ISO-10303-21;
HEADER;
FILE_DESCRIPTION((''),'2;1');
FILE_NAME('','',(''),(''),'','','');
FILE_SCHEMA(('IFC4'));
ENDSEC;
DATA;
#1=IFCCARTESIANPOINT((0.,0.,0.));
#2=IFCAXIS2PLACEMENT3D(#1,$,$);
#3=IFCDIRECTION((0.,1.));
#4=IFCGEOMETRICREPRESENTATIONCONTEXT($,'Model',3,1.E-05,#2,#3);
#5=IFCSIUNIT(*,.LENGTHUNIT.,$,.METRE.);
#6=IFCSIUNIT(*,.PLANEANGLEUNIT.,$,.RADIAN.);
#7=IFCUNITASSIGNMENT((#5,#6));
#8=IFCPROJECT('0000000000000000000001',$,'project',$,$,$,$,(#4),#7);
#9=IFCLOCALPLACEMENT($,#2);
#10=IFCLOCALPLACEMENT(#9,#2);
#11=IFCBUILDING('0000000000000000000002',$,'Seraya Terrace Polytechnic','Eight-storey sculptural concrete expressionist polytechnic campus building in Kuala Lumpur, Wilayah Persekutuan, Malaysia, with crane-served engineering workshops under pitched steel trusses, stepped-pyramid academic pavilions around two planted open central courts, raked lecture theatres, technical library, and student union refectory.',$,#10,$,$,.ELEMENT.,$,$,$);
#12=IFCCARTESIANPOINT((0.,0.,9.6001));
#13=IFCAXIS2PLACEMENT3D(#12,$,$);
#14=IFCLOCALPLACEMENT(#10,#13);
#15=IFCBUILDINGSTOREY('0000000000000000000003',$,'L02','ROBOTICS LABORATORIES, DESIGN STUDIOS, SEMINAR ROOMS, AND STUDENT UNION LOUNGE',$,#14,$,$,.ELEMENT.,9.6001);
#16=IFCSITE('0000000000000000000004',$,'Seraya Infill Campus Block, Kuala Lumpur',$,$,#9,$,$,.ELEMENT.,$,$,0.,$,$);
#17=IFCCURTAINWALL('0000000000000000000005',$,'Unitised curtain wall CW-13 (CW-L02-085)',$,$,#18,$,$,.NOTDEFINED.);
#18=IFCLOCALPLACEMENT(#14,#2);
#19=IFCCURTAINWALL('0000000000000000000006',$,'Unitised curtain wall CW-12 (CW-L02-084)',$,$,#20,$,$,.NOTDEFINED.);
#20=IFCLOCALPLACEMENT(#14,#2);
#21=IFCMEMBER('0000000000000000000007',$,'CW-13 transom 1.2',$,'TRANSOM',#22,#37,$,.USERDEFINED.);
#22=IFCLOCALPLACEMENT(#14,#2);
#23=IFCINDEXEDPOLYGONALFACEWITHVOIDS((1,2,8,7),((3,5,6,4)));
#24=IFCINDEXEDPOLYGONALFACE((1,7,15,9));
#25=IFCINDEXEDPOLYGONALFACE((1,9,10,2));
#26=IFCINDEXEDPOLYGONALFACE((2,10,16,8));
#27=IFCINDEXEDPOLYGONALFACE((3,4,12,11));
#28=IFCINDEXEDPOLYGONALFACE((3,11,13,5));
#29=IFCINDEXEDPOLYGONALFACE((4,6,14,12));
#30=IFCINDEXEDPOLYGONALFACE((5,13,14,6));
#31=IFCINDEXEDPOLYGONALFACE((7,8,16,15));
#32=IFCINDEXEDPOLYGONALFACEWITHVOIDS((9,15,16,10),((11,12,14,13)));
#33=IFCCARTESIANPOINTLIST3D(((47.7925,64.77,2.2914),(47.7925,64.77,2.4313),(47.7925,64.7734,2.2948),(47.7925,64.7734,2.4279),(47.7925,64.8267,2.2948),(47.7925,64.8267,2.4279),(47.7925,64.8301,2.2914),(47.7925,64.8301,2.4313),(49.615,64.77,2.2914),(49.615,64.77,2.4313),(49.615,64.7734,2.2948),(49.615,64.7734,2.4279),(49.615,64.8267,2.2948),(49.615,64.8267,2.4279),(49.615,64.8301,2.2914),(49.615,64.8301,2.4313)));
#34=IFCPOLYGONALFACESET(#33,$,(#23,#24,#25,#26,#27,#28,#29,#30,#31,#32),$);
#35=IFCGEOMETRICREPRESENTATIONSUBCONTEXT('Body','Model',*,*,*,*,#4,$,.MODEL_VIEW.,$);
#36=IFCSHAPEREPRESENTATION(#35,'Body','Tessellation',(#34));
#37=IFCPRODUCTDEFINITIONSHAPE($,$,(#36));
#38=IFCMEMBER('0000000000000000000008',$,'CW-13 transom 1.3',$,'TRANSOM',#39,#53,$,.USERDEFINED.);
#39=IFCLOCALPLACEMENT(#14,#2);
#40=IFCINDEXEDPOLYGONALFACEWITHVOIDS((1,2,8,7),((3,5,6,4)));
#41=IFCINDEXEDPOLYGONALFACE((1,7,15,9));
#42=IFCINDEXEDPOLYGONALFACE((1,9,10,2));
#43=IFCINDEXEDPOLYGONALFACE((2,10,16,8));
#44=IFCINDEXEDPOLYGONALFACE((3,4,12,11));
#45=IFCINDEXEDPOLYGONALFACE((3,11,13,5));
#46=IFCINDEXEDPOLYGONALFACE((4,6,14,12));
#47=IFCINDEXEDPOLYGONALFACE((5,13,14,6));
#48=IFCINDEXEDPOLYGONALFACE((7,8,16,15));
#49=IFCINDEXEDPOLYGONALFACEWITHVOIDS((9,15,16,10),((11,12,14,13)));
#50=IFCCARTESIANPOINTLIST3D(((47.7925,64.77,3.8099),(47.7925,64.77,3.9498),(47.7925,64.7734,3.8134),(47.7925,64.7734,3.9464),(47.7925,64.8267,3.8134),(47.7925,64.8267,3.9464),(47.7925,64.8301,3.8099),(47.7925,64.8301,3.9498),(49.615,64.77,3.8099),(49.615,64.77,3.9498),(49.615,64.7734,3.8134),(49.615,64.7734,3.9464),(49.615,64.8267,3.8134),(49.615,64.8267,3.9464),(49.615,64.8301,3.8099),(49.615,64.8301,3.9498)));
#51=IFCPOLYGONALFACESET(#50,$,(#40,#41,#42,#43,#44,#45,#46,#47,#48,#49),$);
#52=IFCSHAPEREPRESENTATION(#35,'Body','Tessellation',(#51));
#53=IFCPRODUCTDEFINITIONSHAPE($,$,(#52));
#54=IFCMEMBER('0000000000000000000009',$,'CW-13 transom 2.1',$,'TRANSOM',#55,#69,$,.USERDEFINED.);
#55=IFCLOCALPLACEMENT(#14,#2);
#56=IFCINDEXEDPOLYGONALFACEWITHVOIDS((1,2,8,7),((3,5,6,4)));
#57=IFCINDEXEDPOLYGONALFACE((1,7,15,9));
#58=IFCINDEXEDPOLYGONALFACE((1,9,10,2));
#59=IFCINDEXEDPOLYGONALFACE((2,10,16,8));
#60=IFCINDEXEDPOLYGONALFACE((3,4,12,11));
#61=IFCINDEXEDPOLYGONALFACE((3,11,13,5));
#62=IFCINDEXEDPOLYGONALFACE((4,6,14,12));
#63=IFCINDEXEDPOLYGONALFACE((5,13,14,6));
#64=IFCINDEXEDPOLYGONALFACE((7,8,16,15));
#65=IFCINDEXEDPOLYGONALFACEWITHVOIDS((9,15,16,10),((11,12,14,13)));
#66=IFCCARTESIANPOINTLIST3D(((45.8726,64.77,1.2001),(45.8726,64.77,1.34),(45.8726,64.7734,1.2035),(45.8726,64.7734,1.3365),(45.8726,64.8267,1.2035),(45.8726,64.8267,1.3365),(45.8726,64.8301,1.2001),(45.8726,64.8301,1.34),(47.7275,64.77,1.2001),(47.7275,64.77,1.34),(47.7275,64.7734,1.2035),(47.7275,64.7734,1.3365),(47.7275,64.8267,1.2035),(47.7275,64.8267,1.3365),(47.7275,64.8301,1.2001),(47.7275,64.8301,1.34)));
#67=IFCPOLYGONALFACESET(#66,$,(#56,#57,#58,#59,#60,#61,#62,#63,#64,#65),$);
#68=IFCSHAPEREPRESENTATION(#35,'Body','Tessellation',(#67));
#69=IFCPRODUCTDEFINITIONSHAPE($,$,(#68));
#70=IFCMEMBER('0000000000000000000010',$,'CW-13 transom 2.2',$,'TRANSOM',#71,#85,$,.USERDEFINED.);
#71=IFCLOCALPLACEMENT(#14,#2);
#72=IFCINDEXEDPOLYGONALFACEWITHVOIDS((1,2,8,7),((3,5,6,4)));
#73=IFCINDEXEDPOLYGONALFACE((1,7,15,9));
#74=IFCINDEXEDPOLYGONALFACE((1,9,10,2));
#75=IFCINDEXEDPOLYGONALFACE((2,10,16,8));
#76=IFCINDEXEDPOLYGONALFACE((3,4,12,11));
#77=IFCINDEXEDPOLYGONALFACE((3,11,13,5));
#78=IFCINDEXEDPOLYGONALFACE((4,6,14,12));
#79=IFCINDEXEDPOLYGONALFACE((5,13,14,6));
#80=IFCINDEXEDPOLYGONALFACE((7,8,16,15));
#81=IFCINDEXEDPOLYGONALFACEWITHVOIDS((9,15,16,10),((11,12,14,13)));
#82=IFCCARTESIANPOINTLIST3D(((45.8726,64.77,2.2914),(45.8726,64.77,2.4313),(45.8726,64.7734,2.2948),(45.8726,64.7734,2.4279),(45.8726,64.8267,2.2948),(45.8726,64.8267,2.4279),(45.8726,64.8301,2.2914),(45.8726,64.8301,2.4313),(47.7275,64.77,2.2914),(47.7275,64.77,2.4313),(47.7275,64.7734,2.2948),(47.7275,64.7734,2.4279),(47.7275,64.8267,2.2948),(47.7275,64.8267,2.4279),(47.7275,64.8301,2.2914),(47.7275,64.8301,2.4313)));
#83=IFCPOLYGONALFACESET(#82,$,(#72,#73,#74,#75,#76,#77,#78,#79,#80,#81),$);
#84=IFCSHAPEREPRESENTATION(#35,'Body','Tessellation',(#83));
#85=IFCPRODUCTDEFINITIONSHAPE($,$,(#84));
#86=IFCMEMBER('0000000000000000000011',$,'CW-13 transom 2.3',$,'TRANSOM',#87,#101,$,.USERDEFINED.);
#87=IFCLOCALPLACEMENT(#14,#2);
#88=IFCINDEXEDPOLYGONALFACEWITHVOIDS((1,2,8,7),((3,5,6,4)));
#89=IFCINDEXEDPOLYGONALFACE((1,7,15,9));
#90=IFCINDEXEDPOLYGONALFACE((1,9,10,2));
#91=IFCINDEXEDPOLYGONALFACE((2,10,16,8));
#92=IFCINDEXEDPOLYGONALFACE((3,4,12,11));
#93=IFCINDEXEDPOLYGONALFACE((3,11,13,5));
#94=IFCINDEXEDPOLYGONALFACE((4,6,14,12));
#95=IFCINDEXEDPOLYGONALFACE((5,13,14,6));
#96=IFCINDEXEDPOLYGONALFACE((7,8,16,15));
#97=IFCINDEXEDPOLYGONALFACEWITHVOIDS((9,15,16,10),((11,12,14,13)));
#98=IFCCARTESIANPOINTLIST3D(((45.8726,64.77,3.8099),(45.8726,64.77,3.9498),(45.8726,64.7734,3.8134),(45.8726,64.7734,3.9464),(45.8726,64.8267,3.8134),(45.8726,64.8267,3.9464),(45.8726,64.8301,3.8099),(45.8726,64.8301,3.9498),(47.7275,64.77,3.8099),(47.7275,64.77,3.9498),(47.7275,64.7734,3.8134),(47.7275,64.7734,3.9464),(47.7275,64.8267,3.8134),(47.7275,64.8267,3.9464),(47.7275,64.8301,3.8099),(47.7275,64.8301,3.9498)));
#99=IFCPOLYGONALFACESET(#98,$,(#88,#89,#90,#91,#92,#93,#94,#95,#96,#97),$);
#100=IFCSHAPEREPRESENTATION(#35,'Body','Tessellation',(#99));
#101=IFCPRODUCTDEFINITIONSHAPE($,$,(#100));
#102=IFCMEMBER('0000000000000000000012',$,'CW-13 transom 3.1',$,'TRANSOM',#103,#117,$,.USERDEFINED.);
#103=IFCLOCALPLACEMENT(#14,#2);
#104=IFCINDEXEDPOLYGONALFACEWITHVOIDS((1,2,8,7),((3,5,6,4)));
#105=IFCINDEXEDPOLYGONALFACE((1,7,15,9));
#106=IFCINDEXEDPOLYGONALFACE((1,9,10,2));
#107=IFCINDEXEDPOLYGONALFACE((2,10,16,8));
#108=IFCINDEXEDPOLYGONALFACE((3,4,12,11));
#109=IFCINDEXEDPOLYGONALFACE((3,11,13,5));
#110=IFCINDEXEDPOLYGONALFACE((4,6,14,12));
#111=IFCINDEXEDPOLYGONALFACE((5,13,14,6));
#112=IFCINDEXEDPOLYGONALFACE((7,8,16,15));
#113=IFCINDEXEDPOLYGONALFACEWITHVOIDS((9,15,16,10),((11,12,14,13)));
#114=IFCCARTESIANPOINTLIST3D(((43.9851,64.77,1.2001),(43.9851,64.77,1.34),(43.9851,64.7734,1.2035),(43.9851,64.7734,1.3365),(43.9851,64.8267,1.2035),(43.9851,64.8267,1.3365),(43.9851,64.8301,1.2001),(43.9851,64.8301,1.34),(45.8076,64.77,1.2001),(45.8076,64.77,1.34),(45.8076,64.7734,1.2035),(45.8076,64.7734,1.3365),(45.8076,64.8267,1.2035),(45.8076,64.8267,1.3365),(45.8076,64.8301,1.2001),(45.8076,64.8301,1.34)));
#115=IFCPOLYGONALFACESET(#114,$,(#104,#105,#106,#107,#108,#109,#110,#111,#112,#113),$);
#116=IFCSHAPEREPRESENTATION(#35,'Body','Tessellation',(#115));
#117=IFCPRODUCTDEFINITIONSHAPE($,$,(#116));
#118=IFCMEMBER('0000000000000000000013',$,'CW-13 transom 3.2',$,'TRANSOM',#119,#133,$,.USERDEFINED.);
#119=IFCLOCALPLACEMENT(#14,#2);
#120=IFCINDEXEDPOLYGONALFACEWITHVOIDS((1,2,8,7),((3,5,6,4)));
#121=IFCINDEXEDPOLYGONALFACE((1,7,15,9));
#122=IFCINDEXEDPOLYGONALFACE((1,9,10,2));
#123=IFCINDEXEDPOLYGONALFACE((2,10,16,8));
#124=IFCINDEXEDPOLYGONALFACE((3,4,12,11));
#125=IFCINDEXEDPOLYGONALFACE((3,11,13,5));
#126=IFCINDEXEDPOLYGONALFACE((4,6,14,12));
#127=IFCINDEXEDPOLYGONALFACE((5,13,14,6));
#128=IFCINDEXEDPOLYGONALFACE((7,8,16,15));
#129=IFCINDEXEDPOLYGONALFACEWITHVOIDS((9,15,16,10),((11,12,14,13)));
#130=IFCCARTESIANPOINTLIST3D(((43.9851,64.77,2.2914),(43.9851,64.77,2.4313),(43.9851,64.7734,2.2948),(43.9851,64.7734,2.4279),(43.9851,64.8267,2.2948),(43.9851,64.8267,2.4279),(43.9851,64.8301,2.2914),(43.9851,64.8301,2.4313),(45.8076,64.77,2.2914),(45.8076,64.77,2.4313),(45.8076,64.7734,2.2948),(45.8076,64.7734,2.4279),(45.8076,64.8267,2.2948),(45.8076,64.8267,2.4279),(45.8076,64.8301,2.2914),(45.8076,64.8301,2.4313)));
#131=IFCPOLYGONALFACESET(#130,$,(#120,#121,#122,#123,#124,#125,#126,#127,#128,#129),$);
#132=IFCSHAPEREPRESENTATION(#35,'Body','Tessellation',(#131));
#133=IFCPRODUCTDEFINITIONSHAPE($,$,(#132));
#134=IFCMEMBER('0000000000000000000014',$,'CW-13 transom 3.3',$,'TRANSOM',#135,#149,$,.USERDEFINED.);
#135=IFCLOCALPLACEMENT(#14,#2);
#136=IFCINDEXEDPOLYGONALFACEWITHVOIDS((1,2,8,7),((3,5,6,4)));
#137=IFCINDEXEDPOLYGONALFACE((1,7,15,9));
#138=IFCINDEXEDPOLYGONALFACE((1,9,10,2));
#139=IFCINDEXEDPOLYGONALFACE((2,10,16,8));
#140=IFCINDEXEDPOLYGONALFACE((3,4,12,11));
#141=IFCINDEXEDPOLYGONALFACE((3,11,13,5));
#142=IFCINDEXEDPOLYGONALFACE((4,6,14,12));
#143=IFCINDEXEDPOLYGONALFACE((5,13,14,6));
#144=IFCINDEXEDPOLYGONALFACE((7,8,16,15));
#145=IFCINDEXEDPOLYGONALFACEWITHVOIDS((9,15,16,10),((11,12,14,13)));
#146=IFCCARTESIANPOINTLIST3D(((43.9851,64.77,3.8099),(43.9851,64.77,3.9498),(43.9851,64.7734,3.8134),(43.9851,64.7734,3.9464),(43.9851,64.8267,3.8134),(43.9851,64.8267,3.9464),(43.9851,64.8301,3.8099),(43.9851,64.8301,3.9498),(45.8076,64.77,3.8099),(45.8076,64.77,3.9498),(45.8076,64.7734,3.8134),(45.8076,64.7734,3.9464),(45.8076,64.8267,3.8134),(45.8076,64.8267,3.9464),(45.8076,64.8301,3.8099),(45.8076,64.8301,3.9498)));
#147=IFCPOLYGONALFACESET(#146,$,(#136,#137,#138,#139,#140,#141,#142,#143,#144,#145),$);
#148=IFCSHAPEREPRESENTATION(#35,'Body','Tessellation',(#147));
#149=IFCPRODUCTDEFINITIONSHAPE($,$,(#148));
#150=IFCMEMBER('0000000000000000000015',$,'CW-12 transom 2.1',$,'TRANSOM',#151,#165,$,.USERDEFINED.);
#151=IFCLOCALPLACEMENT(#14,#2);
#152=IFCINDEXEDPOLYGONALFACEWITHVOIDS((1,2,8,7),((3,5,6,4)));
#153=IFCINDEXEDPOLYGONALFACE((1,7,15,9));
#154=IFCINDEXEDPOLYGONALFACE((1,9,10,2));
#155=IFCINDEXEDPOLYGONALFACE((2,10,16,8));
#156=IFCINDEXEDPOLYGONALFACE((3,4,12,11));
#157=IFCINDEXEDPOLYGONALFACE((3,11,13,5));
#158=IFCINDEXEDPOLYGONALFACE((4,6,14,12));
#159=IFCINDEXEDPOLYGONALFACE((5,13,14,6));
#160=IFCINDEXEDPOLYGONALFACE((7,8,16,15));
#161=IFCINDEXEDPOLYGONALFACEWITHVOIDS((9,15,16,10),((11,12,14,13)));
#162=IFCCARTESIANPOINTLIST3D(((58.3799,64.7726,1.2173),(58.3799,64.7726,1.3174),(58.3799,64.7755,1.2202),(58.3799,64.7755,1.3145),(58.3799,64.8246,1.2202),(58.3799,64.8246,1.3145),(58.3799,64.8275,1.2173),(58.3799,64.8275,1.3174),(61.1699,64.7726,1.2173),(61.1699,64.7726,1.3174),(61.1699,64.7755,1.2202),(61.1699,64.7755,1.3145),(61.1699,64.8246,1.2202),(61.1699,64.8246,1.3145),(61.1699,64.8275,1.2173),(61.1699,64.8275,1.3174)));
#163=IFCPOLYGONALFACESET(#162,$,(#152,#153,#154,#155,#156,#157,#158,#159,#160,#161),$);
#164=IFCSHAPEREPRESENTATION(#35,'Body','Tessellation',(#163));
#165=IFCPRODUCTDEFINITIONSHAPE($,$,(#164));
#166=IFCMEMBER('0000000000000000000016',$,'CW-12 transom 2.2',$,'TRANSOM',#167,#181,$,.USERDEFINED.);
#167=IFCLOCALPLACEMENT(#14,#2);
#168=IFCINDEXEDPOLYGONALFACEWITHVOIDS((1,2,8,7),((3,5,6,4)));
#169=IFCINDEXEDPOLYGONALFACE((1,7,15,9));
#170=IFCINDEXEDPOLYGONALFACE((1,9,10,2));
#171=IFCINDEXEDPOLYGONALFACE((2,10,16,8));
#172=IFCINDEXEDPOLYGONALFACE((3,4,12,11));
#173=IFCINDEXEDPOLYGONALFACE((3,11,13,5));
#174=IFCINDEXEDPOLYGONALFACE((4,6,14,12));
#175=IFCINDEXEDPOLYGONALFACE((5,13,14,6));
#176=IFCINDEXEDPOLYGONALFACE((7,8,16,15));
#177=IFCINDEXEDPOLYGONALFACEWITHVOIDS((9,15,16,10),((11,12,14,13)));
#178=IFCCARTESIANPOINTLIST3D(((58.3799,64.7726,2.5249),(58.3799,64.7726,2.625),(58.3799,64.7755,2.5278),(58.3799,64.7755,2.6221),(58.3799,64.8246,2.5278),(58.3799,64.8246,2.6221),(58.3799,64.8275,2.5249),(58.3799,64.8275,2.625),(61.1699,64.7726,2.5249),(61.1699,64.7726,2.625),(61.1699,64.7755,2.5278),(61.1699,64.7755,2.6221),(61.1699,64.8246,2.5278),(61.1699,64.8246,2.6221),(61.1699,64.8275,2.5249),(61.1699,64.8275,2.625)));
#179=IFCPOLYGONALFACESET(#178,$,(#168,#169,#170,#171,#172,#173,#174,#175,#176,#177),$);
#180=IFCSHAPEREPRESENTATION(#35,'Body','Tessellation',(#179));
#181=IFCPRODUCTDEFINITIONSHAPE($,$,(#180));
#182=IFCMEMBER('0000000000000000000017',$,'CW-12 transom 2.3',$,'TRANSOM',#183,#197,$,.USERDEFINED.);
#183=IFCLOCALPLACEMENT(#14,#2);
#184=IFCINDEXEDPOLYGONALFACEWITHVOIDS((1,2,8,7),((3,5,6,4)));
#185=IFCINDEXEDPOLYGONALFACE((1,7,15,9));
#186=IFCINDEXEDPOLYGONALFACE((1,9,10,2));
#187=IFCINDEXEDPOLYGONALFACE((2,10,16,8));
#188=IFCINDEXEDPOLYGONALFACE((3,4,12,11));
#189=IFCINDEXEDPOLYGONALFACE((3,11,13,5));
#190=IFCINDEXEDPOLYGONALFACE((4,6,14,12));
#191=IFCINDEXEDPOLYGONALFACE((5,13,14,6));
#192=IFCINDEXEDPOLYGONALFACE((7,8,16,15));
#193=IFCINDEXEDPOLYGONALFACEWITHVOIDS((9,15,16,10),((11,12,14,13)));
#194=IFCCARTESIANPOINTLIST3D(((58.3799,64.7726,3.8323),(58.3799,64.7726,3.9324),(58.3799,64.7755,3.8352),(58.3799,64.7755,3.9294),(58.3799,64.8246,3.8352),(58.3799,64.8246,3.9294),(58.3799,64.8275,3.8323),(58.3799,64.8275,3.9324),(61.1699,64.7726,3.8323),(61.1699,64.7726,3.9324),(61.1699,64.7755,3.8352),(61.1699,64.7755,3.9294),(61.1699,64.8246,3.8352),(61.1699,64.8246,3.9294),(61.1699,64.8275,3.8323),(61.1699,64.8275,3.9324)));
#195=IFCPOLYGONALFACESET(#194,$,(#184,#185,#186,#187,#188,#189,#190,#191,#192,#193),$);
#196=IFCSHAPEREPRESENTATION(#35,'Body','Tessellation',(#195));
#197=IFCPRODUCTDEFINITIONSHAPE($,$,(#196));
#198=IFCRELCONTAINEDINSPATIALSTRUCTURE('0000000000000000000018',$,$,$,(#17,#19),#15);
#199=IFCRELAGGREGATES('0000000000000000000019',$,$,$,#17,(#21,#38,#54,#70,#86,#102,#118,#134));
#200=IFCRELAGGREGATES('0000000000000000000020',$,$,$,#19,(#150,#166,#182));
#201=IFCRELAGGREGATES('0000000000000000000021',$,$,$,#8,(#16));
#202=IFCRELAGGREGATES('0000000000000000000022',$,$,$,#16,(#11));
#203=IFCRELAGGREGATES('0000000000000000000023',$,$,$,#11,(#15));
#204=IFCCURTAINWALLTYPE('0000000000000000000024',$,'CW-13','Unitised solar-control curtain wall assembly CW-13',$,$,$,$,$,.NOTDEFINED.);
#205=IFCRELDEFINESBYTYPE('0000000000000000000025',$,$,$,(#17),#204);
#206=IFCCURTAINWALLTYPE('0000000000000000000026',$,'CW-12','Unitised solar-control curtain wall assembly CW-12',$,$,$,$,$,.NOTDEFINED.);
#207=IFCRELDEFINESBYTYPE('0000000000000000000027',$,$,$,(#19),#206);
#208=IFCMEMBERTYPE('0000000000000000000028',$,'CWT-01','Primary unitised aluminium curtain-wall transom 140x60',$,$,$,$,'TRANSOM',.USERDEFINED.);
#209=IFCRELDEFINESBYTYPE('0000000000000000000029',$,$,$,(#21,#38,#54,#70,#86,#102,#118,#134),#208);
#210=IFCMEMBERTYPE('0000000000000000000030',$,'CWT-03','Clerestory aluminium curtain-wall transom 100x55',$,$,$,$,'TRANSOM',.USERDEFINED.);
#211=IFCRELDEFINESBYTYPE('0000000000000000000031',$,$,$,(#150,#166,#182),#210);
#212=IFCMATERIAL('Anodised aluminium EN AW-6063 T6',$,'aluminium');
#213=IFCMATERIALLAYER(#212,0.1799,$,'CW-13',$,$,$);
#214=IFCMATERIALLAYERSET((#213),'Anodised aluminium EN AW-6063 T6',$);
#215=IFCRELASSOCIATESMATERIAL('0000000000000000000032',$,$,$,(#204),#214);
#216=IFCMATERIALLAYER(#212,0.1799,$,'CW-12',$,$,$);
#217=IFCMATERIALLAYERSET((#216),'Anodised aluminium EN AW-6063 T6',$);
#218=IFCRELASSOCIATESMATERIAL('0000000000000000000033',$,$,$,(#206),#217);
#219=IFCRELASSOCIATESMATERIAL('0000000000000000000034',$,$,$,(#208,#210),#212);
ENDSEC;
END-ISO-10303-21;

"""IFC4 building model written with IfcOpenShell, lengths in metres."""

from ifc_helpers import new_model, si_unit, direction, frame, origin, origin_2d, place, context, subcontext, project, spatial, hollow_rectangle, extrude, material, layer, layer_set, material_profile, profile_set, type_object, element, aggregate, save


model = new_model("IFC4")

# Units and contexts
model_context = context("Model", 3, precision=1e-05, world=origin(), true_north=direction((0.0, 1.0)))
body_context = subcontext(model_context, "Body", "Model", "MODEL_VIEW")
ifc_project = project(units=[si_unit("LENGTHUNIT", "METRE"), si_unit("PLANEANGLEUNIT", "RADIAN")], contexts=[model_context])

# Site, building, storey
site_placement = place(None, origin())
site = spatial("IfcSite", under=ifc_project, at=site_placement, Name="Seraya Infill Campus Block, Kuala Lumpur", CompositionType="ELEMENT", RefElevation=0.0)
building_placement = place(site_placement, origin())
building = spatial("IfcBuilding", under=site, at=building_placement, Name="Seraya Terrace Polytechnic", Description="Eight-storey sculptural concrete expressionist polytechnic campus building in Kuala Lumpur, Wilayah Persekutuan, Malaysia, with crane-served engineering workshops under pitched steel trusses, stepped-pyramid academic pavilions around two planted open central courts, raked lecture theatres, technical library, and student union refectory.", CompositionType="ELEMENT")
storey_placement = place(building_placement, frame((0.0, 0.0, 9.6001)))
storey = spatial("IfcBuildingStorey", under=building, at=storey_placement, Name="L02", Description="ROBOTICS LABORATORIES, DESIGN STUDIOS, SEMINAR ROOMS, AND STUDENT UNION LOUNGE", CompositionType="ELEMENT", Elevation=9.6001)

# Curtain walls
ifc_material_1 = material(Name="Anodised aluminium EN AW-6063 T6", Category="aluminium")
ifc_layer_1 = layer(ifc_material_1, 0.1799, Name="CW-13")
ifc_layer_set_1 = layer_set([ifc_layer_1], Name="Anodised aluminium EN AW-6063 T6")
curtain_wall_type_1 = type_object("IfcCurtainWallType", Name="CW-13", Description="Unitised solar-control curtain wall assembly CW-13", PredefinedType="NOTDEFINED", material=ifc_layer_set_1)
curtain_wall_1_placement = place(storey_placement, origin())
curtain_wall_1 = element("IfcCurtainWall", 1, at=curtain_wall_1_placement, inside=storey, type_object=curtain_wall_type_1, Name="Unitised curtain wall CW-13 (CW-L02-085)", PredefinedType="NOTDEFINED")
ifc_layer_2 = layer(ifc_material_1, 0.1799, Name="CW-12")
ifc_layer_set_2 = layer_set([ifc_layer_2], Name="Anodised aluminium EN AW-6063 T6")
curtain_wall_type_2 = type_object("IfcCurtainWallType", Name="CW-12", Description="Unitised solar-control curtain wall assembly CW-12", PredefinedType="NOTDEFINED", material=ifc_layer_set_2)
curtain_wall_2_placement = place(storey_placement, origin())
curtain_wall_2 = element("IfcCurtainWall", 2, at=curtain_wall_2_placement, inside=storey, type_object=curtain_wall_type_2, Name="Unitised curtain wall CW-12 (CW-L02-084)", PredefinedType="NOTDEFINED")

# Members
ifc_material_profile_1 = material_profile(ifc_material_1, hollow_rectangle(XDim=0.0601, YDim=0.1399, WallThickness=0.0034, at=origin_2d()), Name="RHS 140x60x3.5")
ifc_profile_set_1 = profile_set([ifc_material_profile_1], Name="Anodised aluminium EN AW-6063 T6")
member_type_1 = type_object("IfcMemberType", Name="CWT-01", Description="Primary unitised aluminium curtain-wall transom 140x60", ElementType="TRANSOM", PredefinedType="USERDEFINED", material=ifc_profile_set_1)
member_1_placement = place(storey_placement, frame((49.615, 64.8, 2.3613), z_axis=(-1.0, 0.0, 0.0), x_axis=(0.0, -1.0, 0.0)))
member_1 = element("IfcMember", 3, at=member_1_placement, type_object=member_type_1, Name="CW-13 transom 1.2", ObjectType="TRANSOM", PredefinedType="USERDEFINED", context=body_context, shape_type="SweptSolid", body=[
    extrude(hollow_rectangle(XDim=0.0601, YDim=0.1399, WallThickness=0.0034, at=origin_2d()), origin(), (0.0, 0.0, 1.0), 1.8225),
])
member_2_placement = place(storey_placement, frame((49.615, 64.8, 3.8799), z_axis=(-1.0, 0.0, 0.0), x_axis=(0.0, -1.0, 0.0)))
member_2 = element("IfcMember", 4, at=member_2_placement, type_object=member_type_1, Name="CW-13 transom 1.3", ObjectType="TRANSOM", PredefinedType="USERDEFINED", context=body_context, shape_type="SweptSolid", body=[
    extrude(hollow_rectangle(XDim=0.0601, YDim=0.1399, WallThickness=0.0034, at=origin_2d()), origin(), (0.0, 0.0, 1.0), 1.8225),
])
member_3_placement = place(storey_placement, frame((47.7275, 64.8, 1.27), z_axis=(-1.0, 0.0, 0.0), x_axis=(0.0, -1.0, 0.0)))
member_3 = element("IfcMember", 5, at=member_3_placement, type_object=member_type_1, Name="CW-13 transom 2.1", ObjectType="TRANSOM", PredefinedType="USERDEFINED", context=body_context, shape_type="SweptSolid", body=[
    extrude(hollow_rectangle(XDim=0.0601, YDim=0.1399, WallThickness=0.0034, at=origin_2d()), origin(), (0.0, 0.0, 1.0), 1.855),
])
member_4_placement = place(storey_placement, frame((47.7275, 64.8, 2.3613), z_axis=(-1.0, 0.0, 0.0), x_axis=(0.0, -1.0, 0.0)))
member_4 = element("IfcMember", 6, at=member_4_placement, type_object=member_type_1, Name="CW-13 transom 2.2", ObjectType="TRANSOM", PredefinedType="USERDEFINED", context=body_context, shape_type="SweptSolid", body=[
    extrude(hollow_rectangle(XDim=0.0601, YDim=0.1399, WallThickness=0.0034, at=origin_2d()), origin(), (0.0, 0.0, 1.0), 1.855),
])
member_5_placement = place(storey_placement, frame((47.7275, 64.8, 3.8799), z_axis=(-1.0, 0.0, 0.0), x_axis=(0.0, -1.0, 0.0)))
member_5 = element("IfcMember", 7, at=member_5_placement, type_object=member_type_1, Name="CW-13 transom 2.3", ObjectType="TRANSOM", PredefinedType="USERDEFINED", context=body_context, shape_type="SweptSolid", body=[
    extrude(hollow_rectangle(XDim=0.0601, YDim=0.1399, WallThickness=0.0034, at=origin_2d()), origin(), (0.0, 0.0, 1.0), 1.855),
])
member_6_placement = place(storey_placement, frame((45.8076, 64.8, 1.27), z_axis=(-1.0, 0.0, 0.0), x_axis=(0.0, -1.0, 0.0)))
member_6 = element("IfcMember", 8, at=member_6_placement, type_object=member_type_1, Name="CW-13 transom 3.1", ObjectType="TRANSOM", PredefinedType="USERDEFINED", context=body_context, shape_type="SweptSolid", body=[
    extrude(hollow_rectangle(XDim=0.0601, YDim=0.1399, WallThickness=0.0034, at=origin_2d()), origin(), (0.0, 0.0, 1.0), 1.8225),
])
member_7_placement = place(storey_placement, frame((45.8076, 64.8, 2.3613), z_axis=(-1.0, 0.0, 0.0), x_axis=(0.0, -1.0, 0.0)))
member_7 = element("IfcMember", 9, at=member_7_placement, type_object=member_type_1, Name="CW-13 transom 3.2", ObjectType="TRANSOM", PredefinedType="USERDEFINED", context=body_context, shape_type="SweptSolid", body=[
    extrude(hollow_rectangle(XDim=0.0601, YDim=0.1399, WallThickness=0.0034, at=origin_2d()), origin(), (0.0, 0.0, 1.0), 1.8225),
])
member_8_placement = place(storey_placement, frame((45.8076, 64.8, 3.8799), z_axis=(-1.0, 0.0, 0.0), x_axis=(0.0, -1.0, 0.0)))
member_8 = element("IfcMember", 10, at=member_8_placement, type_object=member_type_1, Name="CW-13 transom 3.3", ObjectType="TRANSOM", PredefinedType="USERDEFINED", context=body_context, shape_type="SweptSolid", body=[
    extrude(hollow_rectangle(XDim=0.0601, YDim=0.1399, WallThickness=0.0034, at=origin_2d()), origin(), (0.0, 0.0, 1.0), 1.8225),
])
ifc_material_profile_2 = material_profile(ifc_material_1, hollow_rectangle(XDim=0.0549, YDim=0.1001, WallThickness=0.0029, at=origin_2d()), Name="RHS 100x55x3.0")
ifc_profile_set_2 = profile_set([ifc_material_profile_2], Name="Anodised aluminium EN AW-6063 T6")
member_type_2 = type_object("IfcMemberType", Name="CWT-03", Description="Clerestory aluminium curtain-wall transom 100x55", ElementType="TRANSOM", PredefinedType="USERDEFINED", material=ifc_profile_set_2)
member_9_placement = place(storey_placement, frame((61.1699, 64.8, 1.2673), z_axis=(-1.0, 0.0, 0.0), x_axis=(0.0, -1.0, 0.0)))
member_9 = element("IfcMember", 11, at=member_9_placement, type_object=member_type_2, Name="CW-12 transom 2.1", ObjectType="TRANSOM", PredefinedType="USERDEFINED", context=body_context, shape_type="SweptSolid", body=[
    extrude(hollow_rectangle(XDim=0.0549, YDim=0.1001, WallThickness=0.0029, at=origin_2d()), origin(), (0.0, 0.0, 1.0), 2.79),
])
member_10_placement = place(storey_placement, frame((61.1699, 64.8, 2.575), z_axis=(-1.0, 0.0, 0.0), x_axis=(0.0, -1.0, 0.0)))
member_10 = element("IfcMember", 12, at=member_10_placement, type_object=member_type_2, Name="CW-12 transom 2.2", ObjectType="TRANSOM", PredefinedType="USERDEFINED", context=body_context, shape_type="SweptSolid", body=[
    extrude(hollow_rectangle(XDim=0.0549, YDim=0.1001, WallThickness=0.0029, at=origin_2d()), origin(), (0.0, 0.0, 1.0), 2.79),
])
member_11_placement = place(storey_placement, frame((61.1699, 64.8, 3.8823), z_axis=(-1.0, 0.0, 0.0), x_axis=(0.0, -1.0, 0.0)))
member_11 = element("IfcMember", 13, at=member_11_placement, type_object=member_type_2, Name="CW-12 transom 2.3", ObjectType="TRANSOM", PredefinedType="USERDEFINED", context=body_context, shape_type="SweptSolid", body=[
    extrude(hollow_rectangle(XDim=0.0549, YDim=0.1001, WallThickness=0.0029, at=origin_2d()), origin(), (0.0, 0.0, 1.0), 2.79),
])

aggregate(curtain_wall_1, [member_1, member_2, member_3, member_4, member_5, member_6, member_7, member_8])
aggregate(curtain_wall_2, [member_9, member_10, member_11])

save(model, "model.ifc")
